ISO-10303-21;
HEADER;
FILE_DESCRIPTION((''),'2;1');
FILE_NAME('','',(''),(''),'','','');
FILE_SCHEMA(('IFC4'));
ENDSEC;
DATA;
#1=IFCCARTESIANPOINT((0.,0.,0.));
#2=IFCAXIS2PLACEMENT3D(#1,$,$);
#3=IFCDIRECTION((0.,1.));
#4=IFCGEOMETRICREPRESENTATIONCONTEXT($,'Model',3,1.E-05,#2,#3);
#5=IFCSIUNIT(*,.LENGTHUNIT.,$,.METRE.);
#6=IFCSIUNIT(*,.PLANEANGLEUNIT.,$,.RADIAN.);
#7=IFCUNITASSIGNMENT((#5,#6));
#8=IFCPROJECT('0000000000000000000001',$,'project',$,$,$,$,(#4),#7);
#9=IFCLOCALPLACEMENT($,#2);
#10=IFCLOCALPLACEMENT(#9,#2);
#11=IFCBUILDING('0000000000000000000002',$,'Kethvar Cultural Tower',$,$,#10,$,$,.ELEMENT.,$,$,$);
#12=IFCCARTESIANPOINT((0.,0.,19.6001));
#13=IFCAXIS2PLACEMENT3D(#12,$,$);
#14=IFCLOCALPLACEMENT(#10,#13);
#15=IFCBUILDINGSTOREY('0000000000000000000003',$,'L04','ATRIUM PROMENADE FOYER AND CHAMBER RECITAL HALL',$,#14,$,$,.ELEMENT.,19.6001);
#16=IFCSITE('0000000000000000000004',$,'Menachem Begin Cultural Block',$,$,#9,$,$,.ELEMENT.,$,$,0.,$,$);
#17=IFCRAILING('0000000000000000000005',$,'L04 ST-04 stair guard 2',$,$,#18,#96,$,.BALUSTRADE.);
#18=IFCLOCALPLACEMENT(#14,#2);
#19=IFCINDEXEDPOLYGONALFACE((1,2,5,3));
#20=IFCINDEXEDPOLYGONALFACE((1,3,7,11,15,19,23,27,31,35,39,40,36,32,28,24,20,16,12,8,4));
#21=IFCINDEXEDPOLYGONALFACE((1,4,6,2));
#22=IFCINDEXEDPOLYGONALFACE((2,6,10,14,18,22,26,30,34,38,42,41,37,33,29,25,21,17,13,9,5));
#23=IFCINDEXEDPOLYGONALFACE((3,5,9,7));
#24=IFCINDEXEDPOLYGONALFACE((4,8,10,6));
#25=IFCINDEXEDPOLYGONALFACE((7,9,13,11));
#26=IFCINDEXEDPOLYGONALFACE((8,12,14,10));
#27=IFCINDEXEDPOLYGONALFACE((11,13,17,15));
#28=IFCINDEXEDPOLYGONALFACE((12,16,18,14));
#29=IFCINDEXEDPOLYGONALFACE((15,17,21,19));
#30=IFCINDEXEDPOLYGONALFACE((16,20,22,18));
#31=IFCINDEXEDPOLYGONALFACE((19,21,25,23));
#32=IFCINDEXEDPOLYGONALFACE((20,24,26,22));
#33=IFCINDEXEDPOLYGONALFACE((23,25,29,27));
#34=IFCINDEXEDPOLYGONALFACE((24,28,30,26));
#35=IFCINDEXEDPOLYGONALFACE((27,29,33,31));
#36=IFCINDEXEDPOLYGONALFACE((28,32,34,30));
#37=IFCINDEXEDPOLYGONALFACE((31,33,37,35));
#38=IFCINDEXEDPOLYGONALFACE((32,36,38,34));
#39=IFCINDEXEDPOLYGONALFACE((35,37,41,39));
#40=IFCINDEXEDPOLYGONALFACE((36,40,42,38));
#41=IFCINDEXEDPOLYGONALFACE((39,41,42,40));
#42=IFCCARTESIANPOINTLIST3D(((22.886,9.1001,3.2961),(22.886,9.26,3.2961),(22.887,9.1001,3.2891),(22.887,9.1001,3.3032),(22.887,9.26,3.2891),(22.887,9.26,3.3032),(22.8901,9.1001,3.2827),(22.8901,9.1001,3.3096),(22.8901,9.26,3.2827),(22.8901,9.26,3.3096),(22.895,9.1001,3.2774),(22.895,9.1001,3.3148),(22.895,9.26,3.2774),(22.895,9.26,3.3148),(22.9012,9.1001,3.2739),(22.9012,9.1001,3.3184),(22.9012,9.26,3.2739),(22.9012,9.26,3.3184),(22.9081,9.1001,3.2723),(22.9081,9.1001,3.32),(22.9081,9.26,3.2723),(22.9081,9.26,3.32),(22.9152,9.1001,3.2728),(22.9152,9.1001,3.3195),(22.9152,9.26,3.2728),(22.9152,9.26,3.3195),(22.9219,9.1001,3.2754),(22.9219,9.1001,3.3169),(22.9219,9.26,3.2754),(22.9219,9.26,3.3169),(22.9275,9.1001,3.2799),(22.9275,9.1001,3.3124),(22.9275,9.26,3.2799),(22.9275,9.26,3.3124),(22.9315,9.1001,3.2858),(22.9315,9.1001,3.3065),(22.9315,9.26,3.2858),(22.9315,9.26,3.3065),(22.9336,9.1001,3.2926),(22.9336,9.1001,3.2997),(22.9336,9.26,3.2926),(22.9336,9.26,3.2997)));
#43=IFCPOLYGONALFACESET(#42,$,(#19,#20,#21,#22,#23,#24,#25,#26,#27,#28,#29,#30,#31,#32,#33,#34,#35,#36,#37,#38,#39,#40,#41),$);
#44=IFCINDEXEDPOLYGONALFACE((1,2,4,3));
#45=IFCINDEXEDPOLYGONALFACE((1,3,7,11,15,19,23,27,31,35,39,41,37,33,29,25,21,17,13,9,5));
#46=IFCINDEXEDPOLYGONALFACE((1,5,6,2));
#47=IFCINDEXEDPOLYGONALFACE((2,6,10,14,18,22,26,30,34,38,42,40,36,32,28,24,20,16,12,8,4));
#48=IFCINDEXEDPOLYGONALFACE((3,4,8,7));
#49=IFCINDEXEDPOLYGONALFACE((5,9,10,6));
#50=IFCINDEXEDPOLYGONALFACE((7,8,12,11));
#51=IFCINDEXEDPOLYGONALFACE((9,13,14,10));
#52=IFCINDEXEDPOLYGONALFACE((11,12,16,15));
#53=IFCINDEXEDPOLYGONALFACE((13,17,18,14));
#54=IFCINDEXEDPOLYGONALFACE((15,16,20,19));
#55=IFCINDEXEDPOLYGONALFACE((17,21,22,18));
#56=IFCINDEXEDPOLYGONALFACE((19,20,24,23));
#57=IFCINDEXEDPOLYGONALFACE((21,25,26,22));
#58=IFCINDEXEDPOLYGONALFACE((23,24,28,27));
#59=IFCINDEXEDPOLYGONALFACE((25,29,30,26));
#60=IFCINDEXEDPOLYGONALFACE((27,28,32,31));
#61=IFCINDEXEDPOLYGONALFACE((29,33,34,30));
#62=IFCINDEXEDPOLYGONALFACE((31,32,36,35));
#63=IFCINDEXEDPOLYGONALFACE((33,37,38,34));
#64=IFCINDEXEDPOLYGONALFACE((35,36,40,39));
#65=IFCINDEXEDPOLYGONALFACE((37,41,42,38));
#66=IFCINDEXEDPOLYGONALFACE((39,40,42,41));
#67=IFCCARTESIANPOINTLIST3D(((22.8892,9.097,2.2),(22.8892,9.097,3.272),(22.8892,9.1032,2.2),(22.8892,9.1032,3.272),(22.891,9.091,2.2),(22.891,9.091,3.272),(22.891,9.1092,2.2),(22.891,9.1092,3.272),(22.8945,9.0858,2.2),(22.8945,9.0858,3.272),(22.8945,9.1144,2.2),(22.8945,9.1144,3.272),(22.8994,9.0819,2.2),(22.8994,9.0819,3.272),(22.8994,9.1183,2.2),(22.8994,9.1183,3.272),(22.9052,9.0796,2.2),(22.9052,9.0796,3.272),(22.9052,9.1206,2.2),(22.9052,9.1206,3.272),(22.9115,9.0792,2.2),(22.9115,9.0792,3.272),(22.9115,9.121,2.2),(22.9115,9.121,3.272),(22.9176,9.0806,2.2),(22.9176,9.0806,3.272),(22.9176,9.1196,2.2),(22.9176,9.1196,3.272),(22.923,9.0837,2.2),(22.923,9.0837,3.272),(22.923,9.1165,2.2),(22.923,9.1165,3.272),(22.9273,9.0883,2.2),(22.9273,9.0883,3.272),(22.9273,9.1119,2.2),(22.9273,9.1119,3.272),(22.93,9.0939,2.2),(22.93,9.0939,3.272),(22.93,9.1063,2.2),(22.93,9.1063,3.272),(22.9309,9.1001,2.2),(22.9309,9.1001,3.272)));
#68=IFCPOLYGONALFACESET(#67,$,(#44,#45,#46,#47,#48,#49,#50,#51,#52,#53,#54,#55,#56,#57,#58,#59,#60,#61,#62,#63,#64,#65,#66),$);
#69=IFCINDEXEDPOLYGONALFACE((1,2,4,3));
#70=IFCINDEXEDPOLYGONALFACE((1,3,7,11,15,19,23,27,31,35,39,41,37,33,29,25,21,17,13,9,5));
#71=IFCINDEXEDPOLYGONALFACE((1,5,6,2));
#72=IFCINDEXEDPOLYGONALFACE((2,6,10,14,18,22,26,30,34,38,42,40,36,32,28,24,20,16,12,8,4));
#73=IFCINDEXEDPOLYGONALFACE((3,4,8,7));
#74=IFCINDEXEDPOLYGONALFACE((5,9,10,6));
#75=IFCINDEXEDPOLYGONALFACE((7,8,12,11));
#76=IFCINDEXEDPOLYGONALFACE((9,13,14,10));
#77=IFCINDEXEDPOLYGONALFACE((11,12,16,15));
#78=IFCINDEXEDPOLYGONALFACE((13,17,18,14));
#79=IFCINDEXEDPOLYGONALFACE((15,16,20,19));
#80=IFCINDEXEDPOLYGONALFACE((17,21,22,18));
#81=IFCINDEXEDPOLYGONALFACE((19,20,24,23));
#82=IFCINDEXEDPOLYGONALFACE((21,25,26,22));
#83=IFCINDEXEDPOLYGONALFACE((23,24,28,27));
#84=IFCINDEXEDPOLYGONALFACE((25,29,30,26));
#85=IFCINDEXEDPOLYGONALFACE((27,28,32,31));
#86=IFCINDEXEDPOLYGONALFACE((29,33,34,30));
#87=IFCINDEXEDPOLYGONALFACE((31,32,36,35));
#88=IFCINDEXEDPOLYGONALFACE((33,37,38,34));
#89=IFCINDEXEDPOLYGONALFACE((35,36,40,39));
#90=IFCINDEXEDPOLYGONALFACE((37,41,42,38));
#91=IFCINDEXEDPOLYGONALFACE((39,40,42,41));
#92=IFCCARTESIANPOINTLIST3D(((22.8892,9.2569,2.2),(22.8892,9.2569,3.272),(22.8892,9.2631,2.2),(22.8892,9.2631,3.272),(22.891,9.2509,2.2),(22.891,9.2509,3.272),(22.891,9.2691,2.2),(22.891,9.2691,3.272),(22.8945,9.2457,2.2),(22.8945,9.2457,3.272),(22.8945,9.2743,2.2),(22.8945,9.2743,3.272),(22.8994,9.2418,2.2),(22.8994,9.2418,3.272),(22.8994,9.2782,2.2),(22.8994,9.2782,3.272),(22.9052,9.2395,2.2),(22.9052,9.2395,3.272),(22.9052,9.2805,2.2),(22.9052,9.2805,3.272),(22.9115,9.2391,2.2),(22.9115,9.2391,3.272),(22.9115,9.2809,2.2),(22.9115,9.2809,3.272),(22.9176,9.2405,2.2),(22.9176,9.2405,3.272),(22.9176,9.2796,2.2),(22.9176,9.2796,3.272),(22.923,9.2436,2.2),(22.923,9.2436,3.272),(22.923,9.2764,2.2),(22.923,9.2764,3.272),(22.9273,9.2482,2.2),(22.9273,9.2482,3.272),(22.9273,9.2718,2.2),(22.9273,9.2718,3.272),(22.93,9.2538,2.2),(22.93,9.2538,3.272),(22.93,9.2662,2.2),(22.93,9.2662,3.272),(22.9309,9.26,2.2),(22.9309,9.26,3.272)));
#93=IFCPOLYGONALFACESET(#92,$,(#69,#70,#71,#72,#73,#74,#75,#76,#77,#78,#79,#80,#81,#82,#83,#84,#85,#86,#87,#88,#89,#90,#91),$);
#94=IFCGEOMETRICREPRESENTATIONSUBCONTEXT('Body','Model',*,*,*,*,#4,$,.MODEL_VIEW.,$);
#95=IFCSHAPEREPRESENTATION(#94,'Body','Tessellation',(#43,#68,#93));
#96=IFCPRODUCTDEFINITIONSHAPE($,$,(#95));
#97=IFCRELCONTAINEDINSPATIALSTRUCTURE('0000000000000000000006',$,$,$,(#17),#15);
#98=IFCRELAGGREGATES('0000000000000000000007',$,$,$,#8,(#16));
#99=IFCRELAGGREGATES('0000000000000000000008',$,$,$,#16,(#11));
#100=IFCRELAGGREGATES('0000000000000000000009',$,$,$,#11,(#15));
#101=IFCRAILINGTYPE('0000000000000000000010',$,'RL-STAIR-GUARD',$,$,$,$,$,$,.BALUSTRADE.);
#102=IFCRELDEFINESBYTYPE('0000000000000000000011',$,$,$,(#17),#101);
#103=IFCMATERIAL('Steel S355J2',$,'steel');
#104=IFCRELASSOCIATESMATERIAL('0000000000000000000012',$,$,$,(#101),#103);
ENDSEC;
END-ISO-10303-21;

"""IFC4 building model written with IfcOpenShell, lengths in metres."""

from ifc_helpers import new_model, si_unit, direction, frame, origin, origin_2d, place, context, subcontext, project, spatial, circle, extrude, material, type_object, element, save


model = new_model("IFC4")

# Units and contexts
model_context = context("Model", 3, precision=1e-05, world=origin(), true_north=direction((0.0, 1.0)))
body_context = subcontext(model_context, "Body", "Model", "MODEL_VIEW")
ifc_project = project(units=[si_unit("LENGTHUNIT", "METRE"), si_unit("PLANEANGLEUNIT", "RADIAN")], contexts=[model_context])

# Site, building, storey
site_placement = place(None, origin())
site = spatial("IfcSite", under=ifc_project, at=site_placement, Name="Menachem Begin Cultural Block", CompositionType="ELEMENT", RefElevation=0.0)
building_placement = place(site_placement, origin())
building = spatial("IfcBuilding", under=site, at=building_placement, Name="Kethvar Cultural Tower", CompositionType="ELEMENT")
storey_placement = place(building_placement, frame((0.0, 0.0, 19.6001)))
storey = spatial("IfcBuildingStorey", under=building, at=storey_placement, Name="L04", Description="ATRIUM PROMENADE FOYER AND CHAMBER RECITAL HALL", CompositionType="ELEMENT", Elevation=19.6001)

# Shared definitions
ifc_material_1 = material(Name="Steel S355J2", Category="steel")

# Railing
railing_type_1 = type_object("IfcRailingType", Name="RL-STAIR-GUARD", PredefinedType="BALUSTRADE", material=ifc_material_1)
railing_1_placement = place(storey_placement, frame((22.9099, 9.1001, 2.2)))
element("IfcRailing", 1, at=railing_1_placement, inside=storey, type_object=railing_type_1, Name="L04 ST-04 stair guard 2", PredefinedType="BALUSTRADE", context=body_context, shape_type="SweptSolid", body=[
    extrude(circle(Radius=0.0239, at=origin_2d()), frame((0.0, 0.0, 1.0962), z_axis=(0.0, 1.0, 0.0), x_axis=(-1.0, 0.0, 0.0)), (0.0, 0.0, 1.0), 0.1599),
    extrude(circle(Radius=0.021, at=origin_2d()), origin(), (0.0, 0.0, 1.0), 1.072),
    extrude(circle(Radius=0.021, at=origin_2d()), frame((0.0, 0.1599, 0.0)), (0.0, 0.0, 1.0), 1.072),
])

save(model, "model.ifc")
